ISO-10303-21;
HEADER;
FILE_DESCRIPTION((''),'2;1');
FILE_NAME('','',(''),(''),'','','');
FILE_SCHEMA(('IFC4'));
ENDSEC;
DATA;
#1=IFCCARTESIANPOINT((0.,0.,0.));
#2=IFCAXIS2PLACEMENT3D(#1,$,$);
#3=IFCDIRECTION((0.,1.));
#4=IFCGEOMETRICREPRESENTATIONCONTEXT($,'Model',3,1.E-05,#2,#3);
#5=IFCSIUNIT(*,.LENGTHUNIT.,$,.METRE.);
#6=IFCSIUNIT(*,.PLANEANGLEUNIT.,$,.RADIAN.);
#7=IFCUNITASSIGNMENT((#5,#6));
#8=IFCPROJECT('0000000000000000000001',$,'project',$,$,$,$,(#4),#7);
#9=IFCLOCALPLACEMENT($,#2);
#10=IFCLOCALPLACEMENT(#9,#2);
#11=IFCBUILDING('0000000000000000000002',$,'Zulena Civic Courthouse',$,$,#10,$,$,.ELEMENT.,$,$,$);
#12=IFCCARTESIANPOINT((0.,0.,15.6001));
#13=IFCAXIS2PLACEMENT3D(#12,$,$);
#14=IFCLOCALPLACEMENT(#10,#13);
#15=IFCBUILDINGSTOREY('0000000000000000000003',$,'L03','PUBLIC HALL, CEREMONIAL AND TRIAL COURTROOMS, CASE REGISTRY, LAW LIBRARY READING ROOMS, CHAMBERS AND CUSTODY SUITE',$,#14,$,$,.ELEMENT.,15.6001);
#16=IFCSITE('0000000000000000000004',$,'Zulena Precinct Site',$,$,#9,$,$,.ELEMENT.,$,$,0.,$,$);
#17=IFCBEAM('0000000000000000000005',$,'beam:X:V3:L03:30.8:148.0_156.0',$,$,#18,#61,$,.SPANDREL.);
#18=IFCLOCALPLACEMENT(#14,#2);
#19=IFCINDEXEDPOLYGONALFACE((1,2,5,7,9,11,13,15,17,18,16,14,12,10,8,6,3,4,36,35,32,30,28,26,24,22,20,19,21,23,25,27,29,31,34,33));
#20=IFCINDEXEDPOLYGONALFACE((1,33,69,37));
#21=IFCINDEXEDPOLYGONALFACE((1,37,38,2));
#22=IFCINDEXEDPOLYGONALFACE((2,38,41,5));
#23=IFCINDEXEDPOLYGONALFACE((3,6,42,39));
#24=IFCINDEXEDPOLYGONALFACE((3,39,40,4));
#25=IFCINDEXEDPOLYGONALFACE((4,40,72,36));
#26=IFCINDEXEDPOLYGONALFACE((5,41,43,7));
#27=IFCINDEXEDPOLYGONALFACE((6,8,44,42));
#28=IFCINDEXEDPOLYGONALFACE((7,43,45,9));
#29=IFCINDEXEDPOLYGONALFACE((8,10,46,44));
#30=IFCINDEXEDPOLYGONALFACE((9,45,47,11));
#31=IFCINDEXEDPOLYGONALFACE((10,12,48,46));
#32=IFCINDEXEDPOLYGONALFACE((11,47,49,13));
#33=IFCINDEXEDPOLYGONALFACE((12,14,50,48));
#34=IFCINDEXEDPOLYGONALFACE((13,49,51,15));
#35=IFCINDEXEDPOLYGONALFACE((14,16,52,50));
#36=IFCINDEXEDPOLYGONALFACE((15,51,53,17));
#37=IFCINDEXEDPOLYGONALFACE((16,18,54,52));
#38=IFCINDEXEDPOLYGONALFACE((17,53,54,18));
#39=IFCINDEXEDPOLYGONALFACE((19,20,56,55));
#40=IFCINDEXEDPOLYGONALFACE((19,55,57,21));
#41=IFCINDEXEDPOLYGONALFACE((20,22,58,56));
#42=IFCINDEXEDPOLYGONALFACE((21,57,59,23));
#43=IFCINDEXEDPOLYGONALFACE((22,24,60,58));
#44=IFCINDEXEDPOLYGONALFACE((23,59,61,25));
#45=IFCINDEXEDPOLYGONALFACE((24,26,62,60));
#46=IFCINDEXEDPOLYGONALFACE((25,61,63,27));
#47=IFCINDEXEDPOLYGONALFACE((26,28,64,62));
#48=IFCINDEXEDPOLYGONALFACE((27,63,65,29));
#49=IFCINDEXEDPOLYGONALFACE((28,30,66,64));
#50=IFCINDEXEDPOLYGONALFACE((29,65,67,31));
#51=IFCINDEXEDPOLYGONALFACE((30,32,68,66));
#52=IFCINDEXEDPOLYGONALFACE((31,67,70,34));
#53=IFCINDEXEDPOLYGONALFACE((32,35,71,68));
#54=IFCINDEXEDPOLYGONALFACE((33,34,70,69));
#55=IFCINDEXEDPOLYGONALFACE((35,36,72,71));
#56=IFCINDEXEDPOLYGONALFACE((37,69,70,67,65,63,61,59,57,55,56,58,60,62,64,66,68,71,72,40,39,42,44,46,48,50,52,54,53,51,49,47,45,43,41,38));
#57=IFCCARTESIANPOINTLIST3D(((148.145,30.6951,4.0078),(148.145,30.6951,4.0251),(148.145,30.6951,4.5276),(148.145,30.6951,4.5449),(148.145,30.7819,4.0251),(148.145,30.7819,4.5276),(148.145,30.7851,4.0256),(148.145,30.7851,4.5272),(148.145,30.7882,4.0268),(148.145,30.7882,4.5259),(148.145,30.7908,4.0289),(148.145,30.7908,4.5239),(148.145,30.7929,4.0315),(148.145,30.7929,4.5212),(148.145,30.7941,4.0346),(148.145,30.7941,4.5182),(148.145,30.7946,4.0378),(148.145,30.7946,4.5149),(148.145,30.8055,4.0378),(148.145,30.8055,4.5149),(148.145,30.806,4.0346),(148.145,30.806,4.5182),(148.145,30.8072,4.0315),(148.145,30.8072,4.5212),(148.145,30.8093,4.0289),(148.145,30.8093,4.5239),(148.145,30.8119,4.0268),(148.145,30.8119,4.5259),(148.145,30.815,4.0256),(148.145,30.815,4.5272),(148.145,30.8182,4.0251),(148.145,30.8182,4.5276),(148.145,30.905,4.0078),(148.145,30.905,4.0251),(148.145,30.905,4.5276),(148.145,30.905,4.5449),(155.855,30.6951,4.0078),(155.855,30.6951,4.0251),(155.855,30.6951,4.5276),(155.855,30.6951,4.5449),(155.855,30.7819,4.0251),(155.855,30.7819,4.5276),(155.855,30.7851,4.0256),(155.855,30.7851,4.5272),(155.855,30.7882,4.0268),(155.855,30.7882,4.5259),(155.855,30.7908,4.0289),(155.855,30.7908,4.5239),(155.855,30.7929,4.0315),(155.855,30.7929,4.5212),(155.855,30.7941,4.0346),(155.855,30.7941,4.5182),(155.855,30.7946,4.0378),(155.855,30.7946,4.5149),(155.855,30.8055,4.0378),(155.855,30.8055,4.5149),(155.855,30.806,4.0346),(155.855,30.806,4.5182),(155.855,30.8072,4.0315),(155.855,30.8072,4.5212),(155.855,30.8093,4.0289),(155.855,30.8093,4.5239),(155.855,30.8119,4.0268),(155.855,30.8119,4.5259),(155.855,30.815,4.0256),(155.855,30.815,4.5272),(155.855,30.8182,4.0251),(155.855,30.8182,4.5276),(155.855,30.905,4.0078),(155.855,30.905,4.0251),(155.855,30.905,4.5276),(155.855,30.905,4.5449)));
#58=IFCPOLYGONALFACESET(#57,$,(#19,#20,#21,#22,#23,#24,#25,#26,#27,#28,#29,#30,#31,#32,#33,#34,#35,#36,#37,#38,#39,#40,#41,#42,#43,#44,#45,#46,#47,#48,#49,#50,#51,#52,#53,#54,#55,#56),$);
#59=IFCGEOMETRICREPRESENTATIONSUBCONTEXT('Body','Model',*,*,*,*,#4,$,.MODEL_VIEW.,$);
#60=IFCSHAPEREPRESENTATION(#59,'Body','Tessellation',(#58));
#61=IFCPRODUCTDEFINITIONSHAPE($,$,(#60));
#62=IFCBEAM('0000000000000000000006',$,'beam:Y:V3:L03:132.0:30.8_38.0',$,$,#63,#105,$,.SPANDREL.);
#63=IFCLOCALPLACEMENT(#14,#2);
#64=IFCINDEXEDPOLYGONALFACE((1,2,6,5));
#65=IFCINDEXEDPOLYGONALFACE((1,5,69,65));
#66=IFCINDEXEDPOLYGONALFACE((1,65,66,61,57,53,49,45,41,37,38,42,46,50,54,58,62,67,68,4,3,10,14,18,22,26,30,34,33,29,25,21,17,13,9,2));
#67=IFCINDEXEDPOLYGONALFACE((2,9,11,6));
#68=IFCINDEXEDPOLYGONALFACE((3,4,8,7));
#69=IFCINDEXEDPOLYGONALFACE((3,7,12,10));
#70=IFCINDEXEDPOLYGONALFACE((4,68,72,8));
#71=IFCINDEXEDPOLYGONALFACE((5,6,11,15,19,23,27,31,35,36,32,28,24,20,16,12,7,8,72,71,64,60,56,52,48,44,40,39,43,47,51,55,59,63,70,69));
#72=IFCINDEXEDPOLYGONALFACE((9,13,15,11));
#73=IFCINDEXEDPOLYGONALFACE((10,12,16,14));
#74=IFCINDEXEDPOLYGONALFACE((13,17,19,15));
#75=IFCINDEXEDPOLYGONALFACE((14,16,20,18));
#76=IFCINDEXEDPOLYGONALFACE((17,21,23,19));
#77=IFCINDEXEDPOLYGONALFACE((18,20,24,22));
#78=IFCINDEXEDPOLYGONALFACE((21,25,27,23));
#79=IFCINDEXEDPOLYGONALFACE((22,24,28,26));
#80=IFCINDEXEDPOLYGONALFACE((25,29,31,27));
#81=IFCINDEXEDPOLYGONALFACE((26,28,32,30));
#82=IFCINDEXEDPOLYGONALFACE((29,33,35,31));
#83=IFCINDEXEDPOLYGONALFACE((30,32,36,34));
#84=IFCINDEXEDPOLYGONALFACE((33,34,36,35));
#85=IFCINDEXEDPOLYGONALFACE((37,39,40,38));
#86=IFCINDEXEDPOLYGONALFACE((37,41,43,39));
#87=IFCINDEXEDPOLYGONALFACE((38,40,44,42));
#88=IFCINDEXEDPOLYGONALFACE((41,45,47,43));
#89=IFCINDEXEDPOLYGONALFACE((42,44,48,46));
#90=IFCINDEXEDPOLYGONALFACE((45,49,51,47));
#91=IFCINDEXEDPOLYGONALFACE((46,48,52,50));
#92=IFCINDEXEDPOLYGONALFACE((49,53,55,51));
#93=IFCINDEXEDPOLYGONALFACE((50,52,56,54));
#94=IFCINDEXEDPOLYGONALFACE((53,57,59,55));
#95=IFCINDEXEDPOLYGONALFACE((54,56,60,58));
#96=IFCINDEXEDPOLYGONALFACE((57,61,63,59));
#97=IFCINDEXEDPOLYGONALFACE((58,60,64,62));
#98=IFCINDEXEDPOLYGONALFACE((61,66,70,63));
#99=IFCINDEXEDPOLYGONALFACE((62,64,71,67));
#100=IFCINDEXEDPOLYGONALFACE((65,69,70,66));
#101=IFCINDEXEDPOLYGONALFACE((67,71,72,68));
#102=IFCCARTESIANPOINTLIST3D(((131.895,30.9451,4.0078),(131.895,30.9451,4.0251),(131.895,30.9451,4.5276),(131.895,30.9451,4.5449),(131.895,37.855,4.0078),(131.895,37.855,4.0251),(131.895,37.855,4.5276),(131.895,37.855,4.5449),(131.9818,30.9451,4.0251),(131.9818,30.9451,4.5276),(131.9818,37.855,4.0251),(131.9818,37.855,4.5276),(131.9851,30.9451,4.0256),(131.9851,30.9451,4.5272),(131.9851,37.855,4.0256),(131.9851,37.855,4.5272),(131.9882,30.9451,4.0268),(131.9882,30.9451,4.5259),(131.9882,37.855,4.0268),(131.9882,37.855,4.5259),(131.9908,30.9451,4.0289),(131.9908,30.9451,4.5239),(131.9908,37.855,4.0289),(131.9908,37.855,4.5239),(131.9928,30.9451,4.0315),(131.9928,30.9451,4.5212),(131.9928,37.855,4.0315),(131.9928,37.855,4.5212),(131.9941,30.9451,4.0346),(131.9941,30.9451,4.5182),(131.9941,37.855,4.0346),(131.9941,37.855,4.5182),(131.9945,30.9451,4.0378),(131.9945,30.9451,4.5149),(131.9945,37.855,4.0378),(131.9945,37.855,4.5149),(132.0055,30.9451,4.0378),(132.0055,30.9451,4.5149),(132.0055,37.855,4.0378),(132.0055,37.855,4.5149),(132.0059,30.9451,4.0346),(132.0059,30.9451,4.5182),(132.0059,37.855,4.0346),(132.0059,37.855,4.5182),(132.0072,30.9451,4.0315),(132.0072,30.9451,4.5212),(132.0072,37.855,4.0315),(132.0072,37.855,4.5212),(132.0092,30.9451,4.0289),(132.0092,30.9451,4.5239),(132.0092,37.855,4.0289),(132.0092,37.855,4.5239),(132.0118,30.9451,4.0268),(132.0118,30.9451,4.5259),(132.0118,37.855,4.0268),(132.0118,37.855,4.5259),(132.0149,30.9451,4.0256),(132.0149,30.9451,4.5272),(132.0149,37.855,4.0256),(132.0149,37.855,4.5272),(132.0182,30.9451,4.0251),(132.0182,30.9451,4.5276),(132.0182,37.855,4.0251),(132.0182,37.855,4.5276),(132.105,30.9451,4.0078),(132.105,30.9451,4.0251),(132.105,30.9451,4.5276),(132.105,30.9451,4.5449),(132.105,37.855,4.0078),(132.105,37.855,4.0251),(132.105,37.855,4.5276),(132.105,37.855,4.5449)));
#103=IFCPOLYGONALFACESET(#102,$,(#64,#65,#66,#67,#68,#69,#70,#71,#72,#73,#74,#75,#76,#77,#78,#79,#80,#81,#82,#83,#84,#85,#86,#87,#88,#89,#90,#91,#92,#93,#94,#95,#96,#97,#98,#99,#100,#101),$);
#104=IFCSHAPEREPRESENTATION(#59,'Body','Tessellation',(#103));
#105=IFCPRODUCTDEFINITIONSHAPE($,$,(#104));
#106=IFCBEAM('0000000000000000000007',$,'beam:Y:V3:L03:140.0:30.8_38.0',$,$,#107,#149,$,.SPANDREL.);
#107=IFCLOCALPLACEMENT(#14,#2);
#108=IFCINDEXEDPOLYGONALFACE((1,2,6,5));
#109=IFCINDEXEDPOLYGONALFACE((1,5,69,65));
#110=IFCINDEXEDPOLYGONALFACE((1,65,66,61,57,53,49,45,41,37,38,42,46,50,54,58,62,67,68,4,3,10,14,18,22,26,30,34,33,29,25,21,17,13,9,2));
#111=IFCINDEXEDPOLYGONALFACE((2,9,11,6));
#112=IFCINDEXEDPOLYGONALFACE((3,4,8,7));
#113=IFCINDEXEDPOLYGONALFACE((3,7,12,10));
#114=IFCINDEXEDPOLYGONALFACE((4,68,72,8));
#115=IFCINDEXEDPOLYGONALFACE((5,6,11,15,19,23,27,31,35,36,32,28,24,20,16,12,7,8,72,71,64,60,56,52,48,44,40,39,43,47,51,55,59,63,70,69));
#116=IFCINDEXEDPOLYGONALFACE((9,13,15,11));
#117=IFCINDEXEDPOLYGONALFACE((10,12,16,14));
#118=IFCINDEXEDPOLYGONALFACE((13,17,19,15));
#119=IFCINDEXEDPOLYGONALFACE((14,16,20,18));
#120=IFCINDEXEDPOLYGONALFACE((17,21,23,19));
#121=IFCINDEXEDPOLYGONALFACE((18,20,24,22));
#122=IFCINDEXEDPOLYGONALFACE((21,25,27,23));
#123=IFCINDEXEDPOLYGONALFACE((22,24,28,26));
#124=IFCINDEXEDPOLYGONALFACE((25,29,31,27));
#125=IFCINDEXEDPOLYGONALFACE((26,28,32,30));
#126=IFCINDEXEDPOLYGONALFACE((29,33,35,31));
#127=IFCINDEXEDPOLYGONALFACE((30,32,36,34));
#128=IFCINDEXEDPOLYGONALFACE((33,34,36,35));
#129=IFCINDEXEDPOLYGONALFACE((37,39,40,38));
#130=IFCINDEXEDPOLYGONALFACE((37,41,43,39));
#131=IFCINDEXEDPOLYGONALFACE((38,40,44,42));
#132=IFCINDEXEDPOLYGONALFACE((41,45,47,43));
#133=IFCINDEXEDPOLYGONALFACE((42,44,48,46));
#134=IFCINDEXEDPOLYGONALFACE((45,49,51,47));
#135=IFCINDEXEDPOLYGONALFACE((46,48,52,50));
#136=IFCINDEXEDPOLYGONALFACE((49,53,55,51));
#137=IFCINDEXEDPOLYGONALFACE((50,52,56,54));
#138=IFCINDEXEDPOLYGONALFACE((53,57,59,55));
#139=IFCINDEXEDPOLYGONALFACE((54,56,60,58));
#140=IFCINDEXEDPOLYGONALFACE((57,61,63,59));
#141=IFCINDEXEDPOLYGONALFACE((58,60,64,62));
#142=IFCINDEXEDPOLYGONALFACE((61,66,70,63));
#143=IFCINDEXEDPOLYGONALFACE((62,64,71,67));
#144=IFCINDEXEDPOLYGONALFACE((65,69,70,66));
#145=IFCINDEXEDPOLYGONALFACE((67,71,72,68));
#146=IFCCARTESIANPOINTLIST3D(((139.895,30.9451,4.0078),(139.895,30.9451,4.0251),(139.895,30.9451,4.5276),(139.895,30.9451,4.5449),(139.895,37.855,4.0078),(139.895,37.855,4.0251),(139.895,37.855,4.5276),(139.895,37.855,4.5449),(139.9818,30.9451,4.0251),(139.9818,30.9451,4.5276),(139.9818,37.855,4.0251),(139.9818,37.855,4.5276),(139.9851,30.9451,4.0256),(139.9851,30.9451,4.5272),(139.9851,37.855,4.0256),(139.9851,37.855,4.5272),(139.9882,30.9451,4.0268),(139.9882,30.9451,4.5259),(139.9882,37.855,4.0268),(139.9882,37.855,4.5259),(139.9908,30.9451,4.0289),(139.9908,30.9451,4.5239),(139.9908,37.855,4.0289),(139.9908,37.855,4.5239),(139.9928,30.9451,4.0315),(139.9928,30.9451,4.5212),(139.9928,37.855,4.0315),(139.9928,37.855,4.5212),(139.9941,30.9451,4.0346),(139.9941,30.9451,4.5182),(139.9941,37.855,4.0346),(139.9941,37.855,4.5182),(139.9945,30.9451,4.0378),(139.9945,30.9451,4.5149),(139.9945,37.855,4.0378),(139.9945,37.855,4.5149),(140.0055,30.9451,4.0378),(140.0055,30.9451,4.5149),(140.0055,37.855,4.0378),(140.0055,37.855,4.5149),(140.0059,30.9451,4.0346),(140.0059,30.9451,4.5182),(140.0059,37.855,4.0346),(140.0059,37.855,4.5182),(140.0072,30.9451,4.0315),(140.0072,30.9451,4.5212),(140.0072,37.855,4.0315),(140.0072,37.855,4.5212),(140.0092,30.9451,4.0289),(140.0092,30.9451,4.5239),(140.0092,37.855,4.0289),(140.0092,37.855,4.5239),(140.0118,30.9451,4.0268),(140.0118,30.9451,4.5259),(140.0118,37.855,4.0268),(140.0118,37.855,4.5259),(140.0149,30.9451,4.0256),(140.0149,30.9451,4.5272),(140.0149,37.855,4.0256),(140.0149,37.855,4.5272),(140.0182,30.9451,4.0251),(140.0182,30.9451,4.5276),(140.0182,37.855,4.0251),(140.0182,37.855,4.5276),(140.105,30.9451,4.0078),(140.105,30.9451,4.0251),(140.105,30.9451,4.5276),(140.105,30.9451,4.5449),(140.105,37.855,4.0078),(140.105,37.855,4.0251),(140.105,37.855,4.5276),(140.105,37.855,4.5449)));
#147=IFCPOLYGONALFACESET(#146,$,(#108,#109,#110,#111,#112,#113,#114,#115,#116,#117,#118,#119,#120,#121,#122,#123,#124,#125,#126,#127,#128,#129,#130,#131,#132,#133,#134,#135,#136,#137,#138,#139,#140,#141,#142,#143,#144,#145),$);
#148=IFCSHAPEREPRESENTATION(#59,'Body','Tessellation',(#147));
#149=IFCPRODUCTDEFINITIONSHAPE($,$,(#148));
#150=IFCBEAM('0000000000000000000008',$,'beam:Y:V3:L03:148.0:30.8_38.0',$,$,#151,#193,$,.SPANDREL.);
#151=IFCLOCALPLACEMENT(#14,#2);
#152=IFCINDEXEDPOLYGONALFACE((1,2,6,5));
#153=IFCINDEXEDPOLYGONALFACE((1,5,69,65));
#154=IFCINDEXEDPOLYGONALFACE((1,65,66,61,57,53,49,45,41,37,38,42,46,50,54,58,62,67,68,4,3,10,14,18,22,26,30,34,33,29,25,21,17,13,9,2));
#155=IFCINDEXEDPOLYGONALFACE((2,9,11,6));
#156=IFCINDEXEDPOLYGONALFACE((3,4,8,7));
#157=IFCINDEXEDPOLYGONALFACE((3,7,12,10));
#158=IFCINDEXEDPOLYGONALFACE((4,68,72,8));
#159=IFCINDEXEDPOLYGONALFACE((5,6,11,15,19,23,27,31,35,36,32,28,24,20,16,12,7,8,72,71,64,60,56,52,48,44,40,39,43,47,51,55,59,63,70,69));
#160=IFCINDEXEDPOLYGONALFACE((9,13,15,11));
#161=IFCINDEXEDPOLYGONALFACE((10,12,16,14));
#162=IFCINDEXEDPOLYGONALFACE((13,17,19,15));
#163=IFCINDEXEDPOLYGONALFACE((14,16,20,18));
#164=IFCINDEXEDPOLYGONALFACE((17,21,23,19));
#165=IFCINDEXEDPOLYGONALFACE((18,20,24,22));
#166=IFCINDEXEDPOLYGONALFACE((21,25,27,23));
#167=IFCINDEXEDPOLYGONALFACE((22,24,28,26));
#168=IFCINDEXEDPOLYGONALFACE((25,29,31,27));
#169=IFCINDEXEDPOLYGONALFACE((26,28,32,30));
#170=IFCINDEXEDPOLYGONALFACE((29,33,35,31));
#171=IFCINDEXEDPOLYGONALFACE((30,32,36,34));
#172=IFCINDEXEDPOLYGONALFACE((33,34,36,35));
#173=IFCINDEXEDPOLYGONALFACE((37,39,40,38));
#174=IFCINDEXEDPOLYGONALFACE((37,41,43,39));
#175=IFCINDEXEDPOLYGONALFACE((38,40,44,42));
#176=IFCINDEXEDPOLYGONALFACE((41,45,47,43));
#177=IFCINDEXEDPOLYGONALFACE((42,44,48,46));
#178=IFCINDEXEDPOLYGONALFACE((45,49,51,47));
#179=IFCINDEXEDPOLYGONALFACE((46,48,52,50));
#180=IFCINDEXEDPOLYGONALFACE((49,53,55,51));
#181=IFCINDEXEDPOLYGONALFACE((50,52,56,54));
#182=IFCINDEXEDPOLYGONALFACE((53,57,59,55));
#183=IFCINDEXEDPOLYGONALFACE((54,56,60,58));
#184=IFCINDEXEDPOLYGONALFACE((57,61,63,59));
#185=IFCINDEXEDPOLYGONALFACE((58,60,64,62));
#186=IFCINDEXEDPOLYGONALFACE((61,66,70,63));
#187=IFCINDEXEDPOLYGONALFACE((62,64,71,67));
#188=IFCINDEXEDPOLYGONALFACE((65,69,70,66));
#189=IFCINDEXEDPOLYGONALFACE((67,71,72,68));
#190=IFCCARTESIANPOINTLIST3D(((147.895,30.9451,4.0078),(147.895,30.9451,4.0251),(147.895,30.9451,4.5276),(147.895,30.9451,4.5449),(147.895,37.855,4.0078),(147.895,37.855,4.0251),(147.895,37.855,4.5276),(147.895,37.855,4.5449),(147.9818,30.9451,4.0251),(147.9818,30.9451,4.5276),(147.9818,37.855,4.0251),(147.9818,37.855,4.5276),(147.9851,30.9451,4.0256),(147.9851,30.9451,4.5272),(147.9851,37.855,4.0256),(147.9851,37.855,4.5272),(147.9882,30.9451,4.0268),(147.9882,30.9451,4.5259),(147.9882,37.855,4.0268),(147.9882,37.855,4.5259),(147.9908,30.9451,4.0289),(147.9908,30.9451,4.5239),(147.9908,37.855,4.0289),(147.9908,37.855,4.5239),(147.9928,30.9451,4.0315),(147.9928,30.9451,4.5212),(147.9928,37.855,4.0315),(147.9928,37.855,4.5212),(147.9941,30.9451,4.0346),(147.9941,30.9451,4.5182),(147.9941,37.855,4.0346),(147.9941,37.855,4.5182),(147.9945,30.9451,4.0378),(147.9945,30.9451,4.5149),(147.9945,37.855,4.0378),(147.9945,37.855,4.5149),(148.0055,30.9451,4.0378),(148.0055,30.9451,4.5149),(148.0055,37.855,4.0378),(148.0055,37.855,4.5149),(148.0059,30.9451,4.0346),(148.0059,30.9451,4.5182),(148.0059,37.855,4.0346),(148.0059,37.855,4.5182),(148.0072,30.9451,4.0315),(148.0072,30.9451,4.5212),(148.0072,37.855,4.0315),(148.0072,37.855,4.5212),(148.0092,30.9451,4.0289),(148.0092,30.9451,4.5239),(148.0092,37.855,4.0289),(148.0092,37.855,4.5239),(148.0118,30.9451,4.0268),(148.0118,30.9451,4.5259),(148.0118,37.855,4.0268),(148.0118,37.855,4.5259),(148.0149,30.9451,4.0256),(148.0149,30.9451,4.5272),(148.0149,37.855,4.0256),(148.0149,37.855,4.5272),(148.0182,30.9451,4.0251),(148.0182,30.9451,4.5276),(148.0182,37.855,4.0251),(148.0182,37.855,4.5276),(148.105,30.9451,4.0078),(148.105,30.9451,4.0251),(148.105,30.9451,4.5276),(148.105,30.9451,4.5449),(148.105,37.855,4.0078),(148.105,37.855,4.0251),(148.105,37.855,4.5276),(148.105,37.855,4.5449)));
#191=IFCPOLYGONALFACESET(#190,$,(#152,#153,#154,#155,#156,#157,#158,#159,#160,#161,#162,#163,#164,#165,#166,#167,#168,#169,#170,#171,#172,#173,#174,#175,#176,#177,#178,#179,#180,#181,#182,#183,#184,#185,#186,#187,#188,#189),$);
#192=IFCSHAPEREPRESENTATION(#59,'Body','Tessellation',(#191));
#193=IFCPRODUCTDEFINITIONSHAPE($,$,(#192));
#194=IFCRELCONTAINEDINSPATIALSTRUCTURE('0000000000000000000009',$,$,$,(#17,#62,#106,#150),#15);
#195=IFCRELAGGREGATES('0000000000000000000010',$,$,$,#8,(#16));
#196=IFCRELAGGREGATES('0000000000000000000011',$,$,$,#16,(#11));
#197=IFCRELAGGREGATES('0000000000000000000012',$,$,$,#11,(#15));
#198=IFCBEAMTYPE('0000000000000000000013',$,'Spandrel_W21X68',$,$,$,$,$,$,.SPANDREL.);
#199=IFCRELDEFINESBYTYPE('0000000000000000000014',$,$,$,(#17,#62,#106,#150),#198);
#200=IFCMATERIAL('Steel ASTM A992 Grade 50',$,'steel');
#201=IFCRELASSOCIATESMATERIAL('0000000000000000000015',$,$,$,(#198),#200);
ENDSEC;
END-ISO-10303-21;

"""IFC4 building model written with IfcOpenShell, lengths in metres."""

from ifc_helpers import new_model, si_unit, direction, frame, origin, origin_2d, place, context, subcontext, project, spatial, i_section, extrude, material, material_profile, profile_set, type_object, element, save


model = new_model("IFC4")

# Units and contexts
model_context = context("Model", 3, precision=1e-05, world=origin(), true_north=direction((0.0, 1.0)))
body_context = subcontext(model_context, "Body", "Model", "MODEL_VIEW")
ifc_project = project(units=[si_unit("LENGTHUNIT", "METRE"), si_unit("PLANEANGLEUNIT", "RADIAN")], contexts=[model_context])

# Site, building, storey
site_placement = place(None, origin())
site = spatial("IfcSite", under=ifc_project, at=site_placement, Name="Zulena Precinct Site", CompositionType="ELEMENT", RefElevation=0.0)
building_placement = place(site_placement, origin())
building = spatial("IfcBuilding", under=site, at=building_placement, Name="Zulena Civic Courthouse", CompositionType="ELEMENT")
storey_placement = place(building_placement, frame((0.0, 0.0, 15.6001)))
storey = spatial("IfcBuildingStorey", under=building, at=storey_placement, Name="L03", Description="PUBLIC HALL, CEREMONIAL AND TRIAL COURTROOMS, CASE REGISTRY, LAW LIBRARY READING ROOMS, CHAMBERS AND CUSTODY SUITE", CompositionType="ELEMENT", Elevation=15.6001)

# Shared definitions
ifc_material_1 = material(Name="Steel ASTM A992 Grade 50", Category="steel")

# Beams
ifc_material_profile_1 = material_profile(ifc_material_1, i_section(OverallWidth=0.21, OverallDepth=0.5371, WebThickness=0.011, FlangeThickness=0.0173, FilletRadius=0.0127, at=origin_2d()), Name="W21X68")
ifc_profile_set_1 = profile_set([ifc_material_profile_1], Name="Steel ASTM A992 Grade 50")
beam_type_1 = type_object("IfcBeamType", Name="Spandrel_W21X68", PredefinedType="SPANDREL", material=ifc_profile_set_1)
beam_placement = place(storey_placement, frame((148.145, 30.8, 4.2764), z_axis=(1.0, 0.0, 0.0), x_axis=(0.0, 1.0, 0.0)))
element("IfcBeam", 1, at=beam_placement, inside=storey, type_object=beam_type_1, Name="beam:X:V3:L03:30.8:148.0_156.0", PredefinedType="SPANDREL", context=body_context, shape_type="SweptSolid", body=[
    extrude(i_section(OverallWidth=0.21, OverallDepth=0.5371, WebThickness=0.011, FlangeThickness=0.0173, FilletRadius=0.0127, at=origin_2d()), origin(), (0.0, 0.0, 1.0), 7.71),
])
for number, where, z_axis, x_axis, name in (
    (2, (132.0, 30.9451, 4.2764), (0.0, 1.0, 0.0), (-1.0, 0.0, 0.0), "beam:Y:V3:L03:132.0:30.8_38.0"),
    (3, (140.0, 30.9451, 4.2764), (0.0, 1.0, 0.0), (-1.0, 0.0, 0.0), "beam:Y:V3:L03:140.0:30.8_38.0"),
    (4, (148.0, 30.9451, 4.2764), (0.0, 1.0, 0.0), (-1.0, 0.0, 0.0), "beam:Y:V3:L03:148.0:30.8_38.0"),
):
    element("IfcBeam", number, at=place(storey_placement, frame(where, z_axis=z_axis, x_axis=x_axis)), inside=storey, type_object=beam_type_1, Name=name, PredefinedType="SPANDREL", context=body_context, shape_type="SweptSolid", body=[
        extrude(i_section(OverallWidth=0.21, OverallDepth=0.5371, WebThickness=0.011, FlangeThickness=0.0173, FilletRadius=0.0127, at=origin_2d()), origin(), (0.0, 0.0, 1.0), 6.9099),
    ])

save(model, "model.ifc")
